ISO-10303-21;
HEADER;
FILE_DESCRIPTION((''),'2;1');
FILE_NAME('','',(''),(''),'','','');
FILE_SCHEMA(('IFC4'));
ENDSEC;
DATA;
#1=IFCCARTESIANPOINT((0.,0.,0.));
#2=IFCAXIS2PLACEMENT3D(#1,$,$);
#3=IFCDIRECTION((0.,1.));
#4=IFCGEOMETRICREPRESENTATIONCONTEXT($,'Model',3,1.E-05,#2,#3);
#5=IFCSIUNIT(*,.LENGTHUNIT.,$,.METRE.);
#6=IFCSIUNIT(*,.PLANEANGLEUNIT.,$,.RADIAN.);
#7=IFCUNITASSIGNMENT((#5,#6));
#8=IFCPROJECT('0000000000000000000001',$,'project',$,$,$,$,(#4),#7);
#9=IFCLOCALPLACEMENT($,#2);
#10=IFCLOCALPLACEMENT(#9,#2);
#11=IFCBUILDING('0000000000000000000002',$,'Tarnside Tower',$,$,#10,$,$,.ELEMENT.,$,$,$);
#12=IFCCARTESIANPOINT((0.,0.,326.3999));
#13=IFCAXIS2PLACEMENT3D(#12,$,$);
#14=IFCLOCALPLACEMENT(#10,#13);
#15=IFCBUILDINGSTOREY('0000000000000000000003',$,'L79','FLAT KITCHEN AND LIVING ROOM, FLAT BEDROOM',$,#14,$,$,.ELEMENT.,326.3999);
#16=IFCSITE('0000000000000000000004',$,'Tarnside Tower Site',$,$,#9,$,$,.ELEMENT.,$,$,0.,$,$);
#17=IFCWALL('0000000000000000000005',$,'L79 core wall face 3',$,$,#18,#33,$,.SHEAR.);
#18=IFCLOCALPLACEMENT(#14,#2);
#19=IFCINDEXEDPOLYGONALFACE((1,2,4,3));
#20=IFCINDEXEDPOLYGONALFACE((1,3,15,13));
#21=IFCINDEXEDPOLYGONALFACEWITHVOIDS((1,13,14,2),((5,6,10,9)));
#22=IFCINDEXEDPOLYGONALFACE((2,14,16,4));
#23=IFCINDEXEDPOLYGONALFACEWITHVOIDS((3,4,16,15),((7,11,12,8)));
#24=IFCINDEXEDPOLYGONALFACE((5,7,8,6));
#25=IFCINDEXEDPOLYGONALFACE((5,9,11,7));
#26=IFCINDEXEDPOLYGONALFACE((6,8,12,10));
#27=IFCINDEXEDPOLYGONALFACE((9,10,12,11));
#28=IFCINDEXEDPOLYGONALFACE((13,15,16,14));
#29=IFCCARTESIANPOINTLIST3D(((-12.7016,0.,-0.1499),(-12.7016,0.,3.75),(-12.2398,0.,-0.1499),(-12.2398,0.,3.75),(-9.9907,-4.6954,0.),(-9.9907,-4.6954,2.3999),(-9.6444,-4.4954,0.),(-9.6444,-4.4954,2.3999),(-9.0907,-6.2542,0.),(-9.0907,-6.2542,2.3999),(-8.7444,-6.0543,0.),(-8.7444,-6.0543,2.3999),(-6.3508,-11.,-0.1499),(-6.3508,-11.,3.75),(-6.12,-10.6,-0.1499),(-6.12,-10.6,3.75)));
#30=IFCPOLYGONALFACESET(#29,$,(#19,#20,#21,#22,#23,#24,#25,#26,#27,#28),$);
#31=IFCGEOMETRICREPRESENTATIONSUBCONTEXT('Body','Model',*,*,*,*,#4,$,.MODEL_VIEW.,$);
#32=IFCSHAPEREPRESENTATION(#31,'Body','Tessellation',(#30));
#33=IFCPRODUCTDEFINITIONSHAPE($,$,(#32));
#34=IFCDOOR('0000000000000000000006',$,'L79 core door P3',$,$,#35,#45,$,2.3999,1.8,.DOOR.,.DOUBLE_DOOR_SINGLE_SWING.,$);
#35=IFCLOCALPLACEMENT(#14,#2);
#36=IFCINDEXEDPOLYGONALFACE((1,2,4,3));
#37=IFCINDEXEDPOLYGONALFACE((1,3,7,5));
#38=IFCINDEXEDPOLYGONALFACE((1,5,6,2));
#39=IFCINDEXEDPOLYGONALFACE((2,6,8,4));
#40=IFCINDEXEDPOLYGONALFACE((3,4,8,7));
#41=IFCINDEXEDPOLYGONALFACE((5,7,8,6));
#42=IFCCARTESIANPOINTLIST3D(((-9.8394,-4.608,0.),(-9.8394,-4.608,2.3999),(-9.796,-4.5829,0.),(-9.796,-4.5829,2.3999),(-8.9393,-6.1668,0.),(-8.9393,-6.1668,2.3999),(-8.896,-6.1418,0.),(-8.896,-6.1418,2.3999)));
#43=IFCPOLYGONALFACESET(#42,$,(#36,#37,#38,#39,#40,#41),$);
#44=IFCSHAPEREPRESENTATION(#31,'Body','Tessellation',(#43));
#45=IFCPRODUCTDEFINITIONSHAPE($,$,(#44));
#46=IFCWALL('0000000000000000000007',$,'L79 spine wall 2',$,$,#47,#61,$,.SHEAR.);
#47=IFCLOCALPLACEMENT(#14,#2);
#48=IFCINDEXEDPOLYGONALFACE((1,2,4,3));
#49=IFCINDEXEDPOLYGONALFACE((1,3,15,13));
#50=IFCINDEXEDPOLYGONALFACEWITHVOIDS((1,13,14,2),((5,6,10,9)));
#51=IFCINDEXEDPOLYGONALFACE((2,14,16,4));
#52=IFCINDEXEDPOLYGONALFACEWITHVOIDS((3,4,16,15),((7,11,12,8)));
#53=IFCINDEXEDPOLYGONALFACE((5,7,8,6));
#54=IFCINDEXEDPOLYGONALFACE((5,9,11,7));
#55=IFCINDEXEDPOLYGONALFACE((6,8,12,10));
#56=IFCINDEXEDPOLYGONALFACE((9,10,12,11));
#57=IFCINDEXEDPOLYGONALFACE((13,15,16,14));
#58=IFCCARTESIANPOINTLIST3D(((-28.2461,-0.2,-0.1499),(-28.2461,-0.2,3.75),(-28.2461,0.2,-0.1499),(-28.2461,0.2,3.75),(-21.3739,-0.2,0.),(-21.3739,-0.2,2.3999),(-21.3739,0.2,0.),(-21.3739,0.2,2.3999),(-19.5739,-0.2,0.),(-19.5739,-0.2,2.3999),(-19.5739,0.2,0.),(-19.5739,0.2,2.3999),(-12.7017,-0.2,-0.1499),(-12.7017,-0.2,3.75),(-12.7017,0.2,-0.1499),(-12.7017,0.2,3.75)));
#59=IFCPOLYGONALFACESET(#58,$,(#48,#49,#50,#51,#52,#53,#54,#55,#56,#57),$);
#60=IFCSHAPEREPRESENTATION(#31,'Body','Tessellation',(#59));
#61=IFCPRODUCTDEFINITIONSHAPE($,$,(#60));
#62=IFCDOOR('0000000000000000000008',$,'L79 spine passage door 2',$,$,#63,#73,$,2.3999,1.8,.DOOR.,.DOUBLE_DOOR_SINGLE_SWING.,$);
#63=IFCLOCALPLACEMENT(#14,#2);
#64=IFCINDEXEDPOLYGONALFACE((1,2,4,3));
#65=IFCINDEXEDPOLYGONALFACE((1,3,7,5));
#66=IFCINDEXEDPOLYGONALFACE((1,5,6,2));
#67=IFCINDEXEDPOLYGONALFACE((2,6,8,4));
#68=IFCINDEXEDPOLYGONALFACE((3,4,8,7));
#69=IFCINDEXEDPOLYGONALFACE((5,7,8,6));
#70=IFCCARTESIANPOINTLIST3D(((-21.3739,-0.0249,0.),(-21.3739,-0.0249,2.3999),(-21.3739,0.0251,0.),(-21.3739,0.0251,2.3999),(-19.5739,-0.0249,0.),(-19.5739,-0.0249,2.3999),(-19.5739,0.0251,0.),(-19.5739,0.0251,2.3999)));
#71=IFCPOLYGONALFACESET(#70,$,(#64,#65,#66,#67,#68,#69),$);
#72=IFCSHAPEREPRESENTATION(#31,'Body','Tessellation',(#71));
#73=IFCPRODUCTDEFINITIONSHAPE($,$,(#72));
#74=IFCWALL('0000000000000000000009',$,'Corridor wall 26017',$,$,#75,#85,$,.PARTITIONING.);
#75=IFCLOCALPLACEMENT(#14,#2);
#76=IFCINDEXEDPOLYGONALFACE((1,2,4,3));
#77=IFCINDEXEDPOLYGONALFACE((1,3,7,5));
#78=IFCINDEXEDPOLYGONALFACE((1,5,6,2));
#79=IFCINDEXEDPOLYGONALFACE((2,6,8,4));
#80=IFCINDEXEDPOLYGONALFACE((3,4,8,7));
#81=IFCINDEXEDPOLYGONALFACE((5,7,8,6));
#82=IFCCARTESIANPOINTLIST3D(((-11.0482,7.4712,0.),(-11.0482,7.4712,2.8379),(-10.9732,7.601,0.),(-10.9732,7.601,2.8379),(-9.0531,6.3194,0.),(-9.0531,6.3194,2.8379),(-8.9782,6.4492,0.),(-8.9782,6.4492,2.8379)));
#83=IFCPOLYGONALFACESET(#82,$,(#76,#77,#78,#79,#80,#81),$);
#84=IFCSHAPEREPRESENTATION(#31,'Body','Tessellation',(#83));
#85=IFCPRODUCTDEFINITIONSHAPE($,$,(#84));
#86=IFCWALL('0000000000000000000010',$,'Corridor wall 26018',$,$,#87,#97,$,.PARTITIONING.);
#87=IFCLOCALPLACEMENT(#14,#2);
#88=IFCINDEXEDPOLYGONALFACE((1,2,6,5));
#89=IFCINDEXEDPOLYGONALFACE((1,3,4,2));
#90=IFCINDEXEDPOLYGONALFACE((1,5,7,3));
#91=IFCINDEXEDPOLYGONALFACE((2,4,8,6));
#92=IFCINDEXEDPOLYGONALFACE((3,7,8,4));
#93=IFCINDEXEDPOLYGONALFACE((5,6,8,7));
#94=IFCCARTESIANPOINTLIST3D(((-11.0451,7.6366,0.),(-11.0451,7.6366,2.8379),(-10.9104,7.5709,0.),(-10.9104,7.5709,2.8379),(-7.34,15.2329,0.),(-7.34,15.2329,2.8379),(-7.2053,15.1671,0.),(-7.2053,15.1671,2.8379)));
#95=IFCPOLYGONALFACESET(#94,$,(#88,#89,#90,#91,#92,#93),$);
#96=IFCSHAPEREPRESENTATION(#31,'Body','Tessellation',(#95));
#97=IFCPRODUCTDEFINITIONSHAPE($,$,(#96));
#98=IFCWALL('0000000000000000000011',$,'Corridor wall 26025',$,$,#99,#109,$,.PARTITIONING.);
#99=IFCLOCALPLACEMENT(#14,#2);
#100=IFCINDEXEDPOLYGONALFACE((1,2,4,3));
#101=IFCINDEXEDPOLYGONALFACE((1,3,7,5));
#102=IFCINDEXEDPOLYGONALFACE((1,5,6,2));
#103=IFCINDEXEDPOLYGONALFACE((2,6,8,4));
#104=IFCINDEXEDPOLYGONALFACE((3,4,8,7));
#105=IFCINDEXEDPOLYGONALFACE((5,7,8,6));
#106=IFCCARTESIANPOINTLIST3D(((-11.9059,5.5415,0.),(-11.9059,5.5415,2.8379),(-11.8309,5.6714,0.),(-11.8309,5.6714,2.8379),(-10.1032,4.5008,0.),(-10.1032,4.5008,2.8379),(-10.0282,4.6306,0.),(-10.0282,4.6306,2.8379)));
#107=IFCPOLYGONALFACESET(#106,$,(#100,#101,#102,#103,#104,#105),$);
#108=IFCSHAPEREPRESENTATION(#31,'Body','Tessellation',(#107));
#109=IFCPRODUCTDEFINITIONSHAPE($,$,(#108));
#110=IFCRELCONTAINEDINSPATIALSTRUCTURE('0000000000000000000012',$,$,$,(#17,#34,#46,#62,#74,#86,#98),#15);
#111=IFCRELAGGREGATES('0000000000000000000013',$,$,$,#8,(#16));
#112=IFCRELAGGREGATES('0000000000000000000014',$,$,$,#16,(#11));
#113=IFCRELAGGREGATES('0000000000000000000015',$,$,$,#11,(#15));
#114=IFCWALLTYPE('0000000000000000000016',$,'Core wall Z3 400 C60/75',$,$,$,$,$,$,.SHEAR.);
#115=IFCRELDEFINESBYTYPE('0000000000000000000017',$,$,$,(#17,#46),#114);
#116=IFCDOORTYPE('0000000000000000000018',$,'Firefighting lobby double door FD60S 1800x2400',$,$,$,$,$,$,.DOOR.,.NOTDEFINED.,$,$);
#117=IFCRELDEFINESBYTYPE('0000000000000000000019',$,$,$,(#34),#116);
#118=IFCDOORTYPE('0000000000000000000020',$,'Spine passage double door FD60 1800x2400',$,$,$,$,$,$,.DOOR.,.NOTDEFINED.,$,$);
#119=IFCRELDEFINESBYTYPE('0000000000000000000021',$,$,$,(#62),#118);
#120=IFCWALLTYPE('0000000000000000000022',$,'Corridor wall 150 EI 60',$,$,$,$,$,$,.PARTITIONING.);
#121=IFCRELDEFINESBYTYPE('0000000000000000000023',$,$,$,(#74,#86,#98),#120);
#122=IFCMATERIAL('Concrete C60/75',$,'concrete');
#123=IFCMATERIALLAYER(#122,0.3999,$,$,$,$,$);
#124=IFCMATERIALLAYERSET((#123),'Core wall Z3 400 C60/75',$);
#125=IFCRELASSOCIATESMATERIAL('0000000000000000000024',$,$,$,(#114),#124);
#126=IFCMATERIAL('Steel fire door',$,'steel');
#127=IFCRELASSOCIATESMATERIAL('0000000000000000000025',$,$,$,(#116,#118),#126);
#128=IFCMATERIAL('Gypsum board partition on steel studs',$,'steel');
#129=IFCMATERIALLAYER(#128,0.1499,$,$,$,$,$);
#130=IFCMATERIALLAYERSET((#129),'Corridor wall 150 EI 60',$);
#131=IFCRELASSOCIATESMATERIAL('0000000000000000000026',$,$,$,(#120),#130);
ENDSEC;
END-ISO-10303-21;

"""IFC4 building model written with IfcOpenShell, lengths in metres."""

from ifc_helpers import new_model, si_unit, direction, frame, frame_2d, origin, place, context, subcontext, project, spatial, polyline, rectangle, outline, extrude, material, layer, layer_set, type_object, element, fill, save


model = new_model("IFC4")

# Units and contexts
model_context = context("Model", 3, precision=1e-05, world=origin(), true_north=direction((0.0, 1.0)))
body_context = subcontext(model_context, "Body", "Model", "MODEL_VIEW")
ifc_project = project(units=[si_unit("LENGTHUNIT", "METRE"), si_unit("PLANEANGLEUNIT", "RADIAN")], contexts=[model_context])

# Site, building, storey
site_placement = place(None, origin())
site = spatial("IfcSite", under=ifc_project, at=site_placement, Name="Tarnside Tower Site", CompositionType="ELEMENT", RefElevation=0.0)
building_placement = place(site_placement, origin())
building = spatial("IfcBuilding", under=site, at=building_placement, Name="Tarnside Tower", CompositionType="ELEMENT")
storey_placement = place(building_placement, frame((0.0, 0.0, 326.3999)))
storey = spatial("IfcBuildingStorey", under=building, at=storey_placement, Name="L79", Description="FLAT KITCHEN AND LIVING ROOM, FLAT BEDROOM", CompositionType="ELEMENT", Elevation=326.3999)

# Walls, openings, doors
ifc_material_1 = material(Name="Concrete C60/75", Category="concrete")
ifc_layer_1 = layer(ifc_material_1, 0.3999)
ifc_layer_set_1 = layer_set([ifc_layer_1], Name="Core wall Z3 400 C60/75")
wall_type_1 = type_object("IfcWallType", Name="Core wall Z3 400 C60/75", PredefinedType="SHEAR", material=ifc_layer_set_1)
wall_1_placement = place(storey_placement, frame((-12.4707, 0.0, -0.1499), z_axis=(0.0, 0.0, 1.0), x_axis=(0.499996, -0.866027, 0.0)))
wall_1 = element("IfcWall", 1, at=wall_1_placement, inside=storey, type_object=wall_type_1, Name="L79 core wall face 3", PredefinedType="SHEAR", context=body_context, shape_type="SweptSolid", body=[
    extrude(outline(polyline([(-0.1155, -0.2), (12.5862, -0.2), (12.3552, 0.2), (0.1155, 0.2), (-0.1155, -0.2)])), origin(), (0.0, 0.0, 1.0), 3.8999),
])
opening_1_placement = place(wall_1_placement, frame((5.3064, 0.0, 0.1499)))
opening_1 = element("IfcOpeningElement", 2, at=opening_1_placement, cuts=wall_1, PredefinedType="OPENING", context=body_context, shape_type="SweptSolid", body=[
    extrude(rectangle(XDim=1.8, YDim=2.3999, at=frame_2d((0.8999, 1.2))), frame((0.0, 0.21, 0.0), z_axis=(0.0, -1.0, 0.0), x_axis=(1.0, 0.0, 0.0)), (0.0, 0.0, 1.0), 0.4199),
])
ifc_material_2 = material(Name="Steel fire door", Category="steel")
door_type_1 = type_object("IfcDoorType", Name="Firefighting lobby double door FD60S 1800x2400", OperationType="NOTDEFINED", PredefinedType="DOOR", material=ifc_material_2)
door_1_placement = place(opening_1_placement, origin())
door_1 = element("IfcDoor", 3, at=door_1_placement, inside=storey, type_object=door_type_1, Name="L79 core door P3", OperationType="DOUBLE_DOOR_SINGLE_SWING", OverallHeight=2.3999, OverallWidth=1.8, PredefinedType="DOOR", context=body_context, shape_type="SweptSolid", body=[
    extrude(rectangle(XDim=1.8, YDim=2.3999, at=frame_2d((0.8999, 1.2))), frame((0.0, 0.0249, 0.0), z_axis=(0.0, -1.0, 0.0), x_axis=(1.0, 0.0, 0.0)), (0.0, 0.0, 1.0), 0.05),
])
fill(opening_1, door_1)
wall_2_placement = place(storey_placement, frame((-12.7017, 0.0, -0.1499), z_axis=(0.0, 0.0, 1.0), x_axis=(-1.0, 0.0, 0.0)))
wall_2 = element("IfcWall", 4, at=wall_2_placement, inside=storey, type_object=wall_type_1, Name="L79 spine wall 2", PredefinedType="SHEAR", context=body_context, shape_type="SweptSolid", body=[
    extrude(rectangle(XDim=15.5444, YDim=0.3999, at=frame_2d((7.7722, 0.0))), origin(), (0.0, 0.0, 1.0), 3.8999),
])
opening_2_placement = place(wall_2_placement, frame((6.8723, 0.0, 0.1499)))
opening_2 = element("IfcOpeningElement", 5, at=opening_2_placement, cuts=wall_2, PredefinedType="OPENING", context=body_context, shape_type="SweptSolid", body=[
    extrude(rectangle(XDim=1.8, YDim=2.3999, at=frame_2d((0.8999, 1.2))), frame((0.0, 0.21, 0.0), z_axis=(0.0, -1.0, 0.0), x_axis=(1.0, 0.0, 0.0)), (0.0, 0.0, 1.0), 0.4199),
])
door_type_2 = type_object("IfcDoorType", Name="Spine passage double door FD60 1800x2400", OperationType="NOTDEFINED", PredefinedType="DOOR", material=ifc_material_2)
door_2_placement = place(opening_2_placement, origin())
door_2 = element("IfcDoor", 6, at=door_2_placement, inside=storey, type_object=door_type_2, Name="L79 spine passage door 2", OperationType="DOUBLE_DOOR_SINGLE_SWING", OverallHeight=2.3999, OverallWidth=1.8, PredefinedType="DOOR", context=body_context, shape_type="SweptSolid", body=[
    extrude(rectangle(XDim=1.8, YDim=2.3999, at=frame_2d((0.8999, 1.2))), frame((0.0, 0.0249, 0.0), z_axis=(0.0, -1.0, 0.0), x_axis=(1.0, 0.0, 0.0)), (0.0, 0.0, 1.0), 0.05),
])
fill(opening_2, door_2)

# Walls
ifc_material_3 = material(Name="Gypsum board partition on steel studs", Category="steel")
ifc_layer_2 = layer(ifc_material_3, 0.1499)
ifc_layer_set_2 = layer_set([ifc_layer_2], Name="Corridor wall 150 EI 60")
wall_type_2 = type_object("IfcWallType", Name="Corridor wall 150 EI 60", PredefinedType="PARTITIONING", material=ifc_layer_set_2)
wall_3_placement = place(storey_placement, frame((-9.0156, 6.3843, 0.0), z_axis=(0.0, 0.0, 1.0), x_axis=(-0.86603, 0.499992, 0.0)))
element("IfcWall", 7, at=wall_3_placement, inside=storey, type_object=wall_type_2, Name="Corridor wall 26017", PredefinedType="PARTITIONING", context=body_context, shape_type="SweptSolid", body=[
    extrude(rectangle(XDim=2.3037, YDim=0.1499, at=frame_2d((1.1519, 0.0))), origin(), (0.0, 0.0, 1.0), 2.8379),
])
wall_4_placement = place(storey_placement, frame((-10.9778, 7.6038, 0.0), z_axis=(0.0, 0.0, 1.0), x_axis=(0.438387, 0.898786, 0.0)))
element("IfcWall", 8, at=wall_4_placement, inside=storey, type_object=wall_type_2, Name="Corridor wall 26018", PredefinedType="PARTITIONING", context=body_context, shape_type="SweptSolid", body=[
    extrude(rectangle(XDim=8.4517, YDim=0.1499, at=frame_2d((4.2258, 0.0))), origin(), (0.0, 0.0, 1.0), 2.8379),
])
wall_5_placement = place(storey_placement, frame((-11.8684, 5.6064, 0.0), z_axis=(0.0, 0.0, 1.0), x_axis=(0.866033, -0.499986, 0.0)))
element("IfcWall", 9, at=wall_5_placement, inside=storey, type_object=wall_type_2, Name="Corridor wall 26025", PredefinedType="PARTITIONING", context=body_context, shape_type="SweptSolid", body=[
    extrude(rectangle(XDim=2.0815, YDim=0.1499, at=frame_2d((1.0408, 0.0))), origin(), (0.0, 0.0, 1.0), 2.8379),
])

save(model, "model.ifc")
